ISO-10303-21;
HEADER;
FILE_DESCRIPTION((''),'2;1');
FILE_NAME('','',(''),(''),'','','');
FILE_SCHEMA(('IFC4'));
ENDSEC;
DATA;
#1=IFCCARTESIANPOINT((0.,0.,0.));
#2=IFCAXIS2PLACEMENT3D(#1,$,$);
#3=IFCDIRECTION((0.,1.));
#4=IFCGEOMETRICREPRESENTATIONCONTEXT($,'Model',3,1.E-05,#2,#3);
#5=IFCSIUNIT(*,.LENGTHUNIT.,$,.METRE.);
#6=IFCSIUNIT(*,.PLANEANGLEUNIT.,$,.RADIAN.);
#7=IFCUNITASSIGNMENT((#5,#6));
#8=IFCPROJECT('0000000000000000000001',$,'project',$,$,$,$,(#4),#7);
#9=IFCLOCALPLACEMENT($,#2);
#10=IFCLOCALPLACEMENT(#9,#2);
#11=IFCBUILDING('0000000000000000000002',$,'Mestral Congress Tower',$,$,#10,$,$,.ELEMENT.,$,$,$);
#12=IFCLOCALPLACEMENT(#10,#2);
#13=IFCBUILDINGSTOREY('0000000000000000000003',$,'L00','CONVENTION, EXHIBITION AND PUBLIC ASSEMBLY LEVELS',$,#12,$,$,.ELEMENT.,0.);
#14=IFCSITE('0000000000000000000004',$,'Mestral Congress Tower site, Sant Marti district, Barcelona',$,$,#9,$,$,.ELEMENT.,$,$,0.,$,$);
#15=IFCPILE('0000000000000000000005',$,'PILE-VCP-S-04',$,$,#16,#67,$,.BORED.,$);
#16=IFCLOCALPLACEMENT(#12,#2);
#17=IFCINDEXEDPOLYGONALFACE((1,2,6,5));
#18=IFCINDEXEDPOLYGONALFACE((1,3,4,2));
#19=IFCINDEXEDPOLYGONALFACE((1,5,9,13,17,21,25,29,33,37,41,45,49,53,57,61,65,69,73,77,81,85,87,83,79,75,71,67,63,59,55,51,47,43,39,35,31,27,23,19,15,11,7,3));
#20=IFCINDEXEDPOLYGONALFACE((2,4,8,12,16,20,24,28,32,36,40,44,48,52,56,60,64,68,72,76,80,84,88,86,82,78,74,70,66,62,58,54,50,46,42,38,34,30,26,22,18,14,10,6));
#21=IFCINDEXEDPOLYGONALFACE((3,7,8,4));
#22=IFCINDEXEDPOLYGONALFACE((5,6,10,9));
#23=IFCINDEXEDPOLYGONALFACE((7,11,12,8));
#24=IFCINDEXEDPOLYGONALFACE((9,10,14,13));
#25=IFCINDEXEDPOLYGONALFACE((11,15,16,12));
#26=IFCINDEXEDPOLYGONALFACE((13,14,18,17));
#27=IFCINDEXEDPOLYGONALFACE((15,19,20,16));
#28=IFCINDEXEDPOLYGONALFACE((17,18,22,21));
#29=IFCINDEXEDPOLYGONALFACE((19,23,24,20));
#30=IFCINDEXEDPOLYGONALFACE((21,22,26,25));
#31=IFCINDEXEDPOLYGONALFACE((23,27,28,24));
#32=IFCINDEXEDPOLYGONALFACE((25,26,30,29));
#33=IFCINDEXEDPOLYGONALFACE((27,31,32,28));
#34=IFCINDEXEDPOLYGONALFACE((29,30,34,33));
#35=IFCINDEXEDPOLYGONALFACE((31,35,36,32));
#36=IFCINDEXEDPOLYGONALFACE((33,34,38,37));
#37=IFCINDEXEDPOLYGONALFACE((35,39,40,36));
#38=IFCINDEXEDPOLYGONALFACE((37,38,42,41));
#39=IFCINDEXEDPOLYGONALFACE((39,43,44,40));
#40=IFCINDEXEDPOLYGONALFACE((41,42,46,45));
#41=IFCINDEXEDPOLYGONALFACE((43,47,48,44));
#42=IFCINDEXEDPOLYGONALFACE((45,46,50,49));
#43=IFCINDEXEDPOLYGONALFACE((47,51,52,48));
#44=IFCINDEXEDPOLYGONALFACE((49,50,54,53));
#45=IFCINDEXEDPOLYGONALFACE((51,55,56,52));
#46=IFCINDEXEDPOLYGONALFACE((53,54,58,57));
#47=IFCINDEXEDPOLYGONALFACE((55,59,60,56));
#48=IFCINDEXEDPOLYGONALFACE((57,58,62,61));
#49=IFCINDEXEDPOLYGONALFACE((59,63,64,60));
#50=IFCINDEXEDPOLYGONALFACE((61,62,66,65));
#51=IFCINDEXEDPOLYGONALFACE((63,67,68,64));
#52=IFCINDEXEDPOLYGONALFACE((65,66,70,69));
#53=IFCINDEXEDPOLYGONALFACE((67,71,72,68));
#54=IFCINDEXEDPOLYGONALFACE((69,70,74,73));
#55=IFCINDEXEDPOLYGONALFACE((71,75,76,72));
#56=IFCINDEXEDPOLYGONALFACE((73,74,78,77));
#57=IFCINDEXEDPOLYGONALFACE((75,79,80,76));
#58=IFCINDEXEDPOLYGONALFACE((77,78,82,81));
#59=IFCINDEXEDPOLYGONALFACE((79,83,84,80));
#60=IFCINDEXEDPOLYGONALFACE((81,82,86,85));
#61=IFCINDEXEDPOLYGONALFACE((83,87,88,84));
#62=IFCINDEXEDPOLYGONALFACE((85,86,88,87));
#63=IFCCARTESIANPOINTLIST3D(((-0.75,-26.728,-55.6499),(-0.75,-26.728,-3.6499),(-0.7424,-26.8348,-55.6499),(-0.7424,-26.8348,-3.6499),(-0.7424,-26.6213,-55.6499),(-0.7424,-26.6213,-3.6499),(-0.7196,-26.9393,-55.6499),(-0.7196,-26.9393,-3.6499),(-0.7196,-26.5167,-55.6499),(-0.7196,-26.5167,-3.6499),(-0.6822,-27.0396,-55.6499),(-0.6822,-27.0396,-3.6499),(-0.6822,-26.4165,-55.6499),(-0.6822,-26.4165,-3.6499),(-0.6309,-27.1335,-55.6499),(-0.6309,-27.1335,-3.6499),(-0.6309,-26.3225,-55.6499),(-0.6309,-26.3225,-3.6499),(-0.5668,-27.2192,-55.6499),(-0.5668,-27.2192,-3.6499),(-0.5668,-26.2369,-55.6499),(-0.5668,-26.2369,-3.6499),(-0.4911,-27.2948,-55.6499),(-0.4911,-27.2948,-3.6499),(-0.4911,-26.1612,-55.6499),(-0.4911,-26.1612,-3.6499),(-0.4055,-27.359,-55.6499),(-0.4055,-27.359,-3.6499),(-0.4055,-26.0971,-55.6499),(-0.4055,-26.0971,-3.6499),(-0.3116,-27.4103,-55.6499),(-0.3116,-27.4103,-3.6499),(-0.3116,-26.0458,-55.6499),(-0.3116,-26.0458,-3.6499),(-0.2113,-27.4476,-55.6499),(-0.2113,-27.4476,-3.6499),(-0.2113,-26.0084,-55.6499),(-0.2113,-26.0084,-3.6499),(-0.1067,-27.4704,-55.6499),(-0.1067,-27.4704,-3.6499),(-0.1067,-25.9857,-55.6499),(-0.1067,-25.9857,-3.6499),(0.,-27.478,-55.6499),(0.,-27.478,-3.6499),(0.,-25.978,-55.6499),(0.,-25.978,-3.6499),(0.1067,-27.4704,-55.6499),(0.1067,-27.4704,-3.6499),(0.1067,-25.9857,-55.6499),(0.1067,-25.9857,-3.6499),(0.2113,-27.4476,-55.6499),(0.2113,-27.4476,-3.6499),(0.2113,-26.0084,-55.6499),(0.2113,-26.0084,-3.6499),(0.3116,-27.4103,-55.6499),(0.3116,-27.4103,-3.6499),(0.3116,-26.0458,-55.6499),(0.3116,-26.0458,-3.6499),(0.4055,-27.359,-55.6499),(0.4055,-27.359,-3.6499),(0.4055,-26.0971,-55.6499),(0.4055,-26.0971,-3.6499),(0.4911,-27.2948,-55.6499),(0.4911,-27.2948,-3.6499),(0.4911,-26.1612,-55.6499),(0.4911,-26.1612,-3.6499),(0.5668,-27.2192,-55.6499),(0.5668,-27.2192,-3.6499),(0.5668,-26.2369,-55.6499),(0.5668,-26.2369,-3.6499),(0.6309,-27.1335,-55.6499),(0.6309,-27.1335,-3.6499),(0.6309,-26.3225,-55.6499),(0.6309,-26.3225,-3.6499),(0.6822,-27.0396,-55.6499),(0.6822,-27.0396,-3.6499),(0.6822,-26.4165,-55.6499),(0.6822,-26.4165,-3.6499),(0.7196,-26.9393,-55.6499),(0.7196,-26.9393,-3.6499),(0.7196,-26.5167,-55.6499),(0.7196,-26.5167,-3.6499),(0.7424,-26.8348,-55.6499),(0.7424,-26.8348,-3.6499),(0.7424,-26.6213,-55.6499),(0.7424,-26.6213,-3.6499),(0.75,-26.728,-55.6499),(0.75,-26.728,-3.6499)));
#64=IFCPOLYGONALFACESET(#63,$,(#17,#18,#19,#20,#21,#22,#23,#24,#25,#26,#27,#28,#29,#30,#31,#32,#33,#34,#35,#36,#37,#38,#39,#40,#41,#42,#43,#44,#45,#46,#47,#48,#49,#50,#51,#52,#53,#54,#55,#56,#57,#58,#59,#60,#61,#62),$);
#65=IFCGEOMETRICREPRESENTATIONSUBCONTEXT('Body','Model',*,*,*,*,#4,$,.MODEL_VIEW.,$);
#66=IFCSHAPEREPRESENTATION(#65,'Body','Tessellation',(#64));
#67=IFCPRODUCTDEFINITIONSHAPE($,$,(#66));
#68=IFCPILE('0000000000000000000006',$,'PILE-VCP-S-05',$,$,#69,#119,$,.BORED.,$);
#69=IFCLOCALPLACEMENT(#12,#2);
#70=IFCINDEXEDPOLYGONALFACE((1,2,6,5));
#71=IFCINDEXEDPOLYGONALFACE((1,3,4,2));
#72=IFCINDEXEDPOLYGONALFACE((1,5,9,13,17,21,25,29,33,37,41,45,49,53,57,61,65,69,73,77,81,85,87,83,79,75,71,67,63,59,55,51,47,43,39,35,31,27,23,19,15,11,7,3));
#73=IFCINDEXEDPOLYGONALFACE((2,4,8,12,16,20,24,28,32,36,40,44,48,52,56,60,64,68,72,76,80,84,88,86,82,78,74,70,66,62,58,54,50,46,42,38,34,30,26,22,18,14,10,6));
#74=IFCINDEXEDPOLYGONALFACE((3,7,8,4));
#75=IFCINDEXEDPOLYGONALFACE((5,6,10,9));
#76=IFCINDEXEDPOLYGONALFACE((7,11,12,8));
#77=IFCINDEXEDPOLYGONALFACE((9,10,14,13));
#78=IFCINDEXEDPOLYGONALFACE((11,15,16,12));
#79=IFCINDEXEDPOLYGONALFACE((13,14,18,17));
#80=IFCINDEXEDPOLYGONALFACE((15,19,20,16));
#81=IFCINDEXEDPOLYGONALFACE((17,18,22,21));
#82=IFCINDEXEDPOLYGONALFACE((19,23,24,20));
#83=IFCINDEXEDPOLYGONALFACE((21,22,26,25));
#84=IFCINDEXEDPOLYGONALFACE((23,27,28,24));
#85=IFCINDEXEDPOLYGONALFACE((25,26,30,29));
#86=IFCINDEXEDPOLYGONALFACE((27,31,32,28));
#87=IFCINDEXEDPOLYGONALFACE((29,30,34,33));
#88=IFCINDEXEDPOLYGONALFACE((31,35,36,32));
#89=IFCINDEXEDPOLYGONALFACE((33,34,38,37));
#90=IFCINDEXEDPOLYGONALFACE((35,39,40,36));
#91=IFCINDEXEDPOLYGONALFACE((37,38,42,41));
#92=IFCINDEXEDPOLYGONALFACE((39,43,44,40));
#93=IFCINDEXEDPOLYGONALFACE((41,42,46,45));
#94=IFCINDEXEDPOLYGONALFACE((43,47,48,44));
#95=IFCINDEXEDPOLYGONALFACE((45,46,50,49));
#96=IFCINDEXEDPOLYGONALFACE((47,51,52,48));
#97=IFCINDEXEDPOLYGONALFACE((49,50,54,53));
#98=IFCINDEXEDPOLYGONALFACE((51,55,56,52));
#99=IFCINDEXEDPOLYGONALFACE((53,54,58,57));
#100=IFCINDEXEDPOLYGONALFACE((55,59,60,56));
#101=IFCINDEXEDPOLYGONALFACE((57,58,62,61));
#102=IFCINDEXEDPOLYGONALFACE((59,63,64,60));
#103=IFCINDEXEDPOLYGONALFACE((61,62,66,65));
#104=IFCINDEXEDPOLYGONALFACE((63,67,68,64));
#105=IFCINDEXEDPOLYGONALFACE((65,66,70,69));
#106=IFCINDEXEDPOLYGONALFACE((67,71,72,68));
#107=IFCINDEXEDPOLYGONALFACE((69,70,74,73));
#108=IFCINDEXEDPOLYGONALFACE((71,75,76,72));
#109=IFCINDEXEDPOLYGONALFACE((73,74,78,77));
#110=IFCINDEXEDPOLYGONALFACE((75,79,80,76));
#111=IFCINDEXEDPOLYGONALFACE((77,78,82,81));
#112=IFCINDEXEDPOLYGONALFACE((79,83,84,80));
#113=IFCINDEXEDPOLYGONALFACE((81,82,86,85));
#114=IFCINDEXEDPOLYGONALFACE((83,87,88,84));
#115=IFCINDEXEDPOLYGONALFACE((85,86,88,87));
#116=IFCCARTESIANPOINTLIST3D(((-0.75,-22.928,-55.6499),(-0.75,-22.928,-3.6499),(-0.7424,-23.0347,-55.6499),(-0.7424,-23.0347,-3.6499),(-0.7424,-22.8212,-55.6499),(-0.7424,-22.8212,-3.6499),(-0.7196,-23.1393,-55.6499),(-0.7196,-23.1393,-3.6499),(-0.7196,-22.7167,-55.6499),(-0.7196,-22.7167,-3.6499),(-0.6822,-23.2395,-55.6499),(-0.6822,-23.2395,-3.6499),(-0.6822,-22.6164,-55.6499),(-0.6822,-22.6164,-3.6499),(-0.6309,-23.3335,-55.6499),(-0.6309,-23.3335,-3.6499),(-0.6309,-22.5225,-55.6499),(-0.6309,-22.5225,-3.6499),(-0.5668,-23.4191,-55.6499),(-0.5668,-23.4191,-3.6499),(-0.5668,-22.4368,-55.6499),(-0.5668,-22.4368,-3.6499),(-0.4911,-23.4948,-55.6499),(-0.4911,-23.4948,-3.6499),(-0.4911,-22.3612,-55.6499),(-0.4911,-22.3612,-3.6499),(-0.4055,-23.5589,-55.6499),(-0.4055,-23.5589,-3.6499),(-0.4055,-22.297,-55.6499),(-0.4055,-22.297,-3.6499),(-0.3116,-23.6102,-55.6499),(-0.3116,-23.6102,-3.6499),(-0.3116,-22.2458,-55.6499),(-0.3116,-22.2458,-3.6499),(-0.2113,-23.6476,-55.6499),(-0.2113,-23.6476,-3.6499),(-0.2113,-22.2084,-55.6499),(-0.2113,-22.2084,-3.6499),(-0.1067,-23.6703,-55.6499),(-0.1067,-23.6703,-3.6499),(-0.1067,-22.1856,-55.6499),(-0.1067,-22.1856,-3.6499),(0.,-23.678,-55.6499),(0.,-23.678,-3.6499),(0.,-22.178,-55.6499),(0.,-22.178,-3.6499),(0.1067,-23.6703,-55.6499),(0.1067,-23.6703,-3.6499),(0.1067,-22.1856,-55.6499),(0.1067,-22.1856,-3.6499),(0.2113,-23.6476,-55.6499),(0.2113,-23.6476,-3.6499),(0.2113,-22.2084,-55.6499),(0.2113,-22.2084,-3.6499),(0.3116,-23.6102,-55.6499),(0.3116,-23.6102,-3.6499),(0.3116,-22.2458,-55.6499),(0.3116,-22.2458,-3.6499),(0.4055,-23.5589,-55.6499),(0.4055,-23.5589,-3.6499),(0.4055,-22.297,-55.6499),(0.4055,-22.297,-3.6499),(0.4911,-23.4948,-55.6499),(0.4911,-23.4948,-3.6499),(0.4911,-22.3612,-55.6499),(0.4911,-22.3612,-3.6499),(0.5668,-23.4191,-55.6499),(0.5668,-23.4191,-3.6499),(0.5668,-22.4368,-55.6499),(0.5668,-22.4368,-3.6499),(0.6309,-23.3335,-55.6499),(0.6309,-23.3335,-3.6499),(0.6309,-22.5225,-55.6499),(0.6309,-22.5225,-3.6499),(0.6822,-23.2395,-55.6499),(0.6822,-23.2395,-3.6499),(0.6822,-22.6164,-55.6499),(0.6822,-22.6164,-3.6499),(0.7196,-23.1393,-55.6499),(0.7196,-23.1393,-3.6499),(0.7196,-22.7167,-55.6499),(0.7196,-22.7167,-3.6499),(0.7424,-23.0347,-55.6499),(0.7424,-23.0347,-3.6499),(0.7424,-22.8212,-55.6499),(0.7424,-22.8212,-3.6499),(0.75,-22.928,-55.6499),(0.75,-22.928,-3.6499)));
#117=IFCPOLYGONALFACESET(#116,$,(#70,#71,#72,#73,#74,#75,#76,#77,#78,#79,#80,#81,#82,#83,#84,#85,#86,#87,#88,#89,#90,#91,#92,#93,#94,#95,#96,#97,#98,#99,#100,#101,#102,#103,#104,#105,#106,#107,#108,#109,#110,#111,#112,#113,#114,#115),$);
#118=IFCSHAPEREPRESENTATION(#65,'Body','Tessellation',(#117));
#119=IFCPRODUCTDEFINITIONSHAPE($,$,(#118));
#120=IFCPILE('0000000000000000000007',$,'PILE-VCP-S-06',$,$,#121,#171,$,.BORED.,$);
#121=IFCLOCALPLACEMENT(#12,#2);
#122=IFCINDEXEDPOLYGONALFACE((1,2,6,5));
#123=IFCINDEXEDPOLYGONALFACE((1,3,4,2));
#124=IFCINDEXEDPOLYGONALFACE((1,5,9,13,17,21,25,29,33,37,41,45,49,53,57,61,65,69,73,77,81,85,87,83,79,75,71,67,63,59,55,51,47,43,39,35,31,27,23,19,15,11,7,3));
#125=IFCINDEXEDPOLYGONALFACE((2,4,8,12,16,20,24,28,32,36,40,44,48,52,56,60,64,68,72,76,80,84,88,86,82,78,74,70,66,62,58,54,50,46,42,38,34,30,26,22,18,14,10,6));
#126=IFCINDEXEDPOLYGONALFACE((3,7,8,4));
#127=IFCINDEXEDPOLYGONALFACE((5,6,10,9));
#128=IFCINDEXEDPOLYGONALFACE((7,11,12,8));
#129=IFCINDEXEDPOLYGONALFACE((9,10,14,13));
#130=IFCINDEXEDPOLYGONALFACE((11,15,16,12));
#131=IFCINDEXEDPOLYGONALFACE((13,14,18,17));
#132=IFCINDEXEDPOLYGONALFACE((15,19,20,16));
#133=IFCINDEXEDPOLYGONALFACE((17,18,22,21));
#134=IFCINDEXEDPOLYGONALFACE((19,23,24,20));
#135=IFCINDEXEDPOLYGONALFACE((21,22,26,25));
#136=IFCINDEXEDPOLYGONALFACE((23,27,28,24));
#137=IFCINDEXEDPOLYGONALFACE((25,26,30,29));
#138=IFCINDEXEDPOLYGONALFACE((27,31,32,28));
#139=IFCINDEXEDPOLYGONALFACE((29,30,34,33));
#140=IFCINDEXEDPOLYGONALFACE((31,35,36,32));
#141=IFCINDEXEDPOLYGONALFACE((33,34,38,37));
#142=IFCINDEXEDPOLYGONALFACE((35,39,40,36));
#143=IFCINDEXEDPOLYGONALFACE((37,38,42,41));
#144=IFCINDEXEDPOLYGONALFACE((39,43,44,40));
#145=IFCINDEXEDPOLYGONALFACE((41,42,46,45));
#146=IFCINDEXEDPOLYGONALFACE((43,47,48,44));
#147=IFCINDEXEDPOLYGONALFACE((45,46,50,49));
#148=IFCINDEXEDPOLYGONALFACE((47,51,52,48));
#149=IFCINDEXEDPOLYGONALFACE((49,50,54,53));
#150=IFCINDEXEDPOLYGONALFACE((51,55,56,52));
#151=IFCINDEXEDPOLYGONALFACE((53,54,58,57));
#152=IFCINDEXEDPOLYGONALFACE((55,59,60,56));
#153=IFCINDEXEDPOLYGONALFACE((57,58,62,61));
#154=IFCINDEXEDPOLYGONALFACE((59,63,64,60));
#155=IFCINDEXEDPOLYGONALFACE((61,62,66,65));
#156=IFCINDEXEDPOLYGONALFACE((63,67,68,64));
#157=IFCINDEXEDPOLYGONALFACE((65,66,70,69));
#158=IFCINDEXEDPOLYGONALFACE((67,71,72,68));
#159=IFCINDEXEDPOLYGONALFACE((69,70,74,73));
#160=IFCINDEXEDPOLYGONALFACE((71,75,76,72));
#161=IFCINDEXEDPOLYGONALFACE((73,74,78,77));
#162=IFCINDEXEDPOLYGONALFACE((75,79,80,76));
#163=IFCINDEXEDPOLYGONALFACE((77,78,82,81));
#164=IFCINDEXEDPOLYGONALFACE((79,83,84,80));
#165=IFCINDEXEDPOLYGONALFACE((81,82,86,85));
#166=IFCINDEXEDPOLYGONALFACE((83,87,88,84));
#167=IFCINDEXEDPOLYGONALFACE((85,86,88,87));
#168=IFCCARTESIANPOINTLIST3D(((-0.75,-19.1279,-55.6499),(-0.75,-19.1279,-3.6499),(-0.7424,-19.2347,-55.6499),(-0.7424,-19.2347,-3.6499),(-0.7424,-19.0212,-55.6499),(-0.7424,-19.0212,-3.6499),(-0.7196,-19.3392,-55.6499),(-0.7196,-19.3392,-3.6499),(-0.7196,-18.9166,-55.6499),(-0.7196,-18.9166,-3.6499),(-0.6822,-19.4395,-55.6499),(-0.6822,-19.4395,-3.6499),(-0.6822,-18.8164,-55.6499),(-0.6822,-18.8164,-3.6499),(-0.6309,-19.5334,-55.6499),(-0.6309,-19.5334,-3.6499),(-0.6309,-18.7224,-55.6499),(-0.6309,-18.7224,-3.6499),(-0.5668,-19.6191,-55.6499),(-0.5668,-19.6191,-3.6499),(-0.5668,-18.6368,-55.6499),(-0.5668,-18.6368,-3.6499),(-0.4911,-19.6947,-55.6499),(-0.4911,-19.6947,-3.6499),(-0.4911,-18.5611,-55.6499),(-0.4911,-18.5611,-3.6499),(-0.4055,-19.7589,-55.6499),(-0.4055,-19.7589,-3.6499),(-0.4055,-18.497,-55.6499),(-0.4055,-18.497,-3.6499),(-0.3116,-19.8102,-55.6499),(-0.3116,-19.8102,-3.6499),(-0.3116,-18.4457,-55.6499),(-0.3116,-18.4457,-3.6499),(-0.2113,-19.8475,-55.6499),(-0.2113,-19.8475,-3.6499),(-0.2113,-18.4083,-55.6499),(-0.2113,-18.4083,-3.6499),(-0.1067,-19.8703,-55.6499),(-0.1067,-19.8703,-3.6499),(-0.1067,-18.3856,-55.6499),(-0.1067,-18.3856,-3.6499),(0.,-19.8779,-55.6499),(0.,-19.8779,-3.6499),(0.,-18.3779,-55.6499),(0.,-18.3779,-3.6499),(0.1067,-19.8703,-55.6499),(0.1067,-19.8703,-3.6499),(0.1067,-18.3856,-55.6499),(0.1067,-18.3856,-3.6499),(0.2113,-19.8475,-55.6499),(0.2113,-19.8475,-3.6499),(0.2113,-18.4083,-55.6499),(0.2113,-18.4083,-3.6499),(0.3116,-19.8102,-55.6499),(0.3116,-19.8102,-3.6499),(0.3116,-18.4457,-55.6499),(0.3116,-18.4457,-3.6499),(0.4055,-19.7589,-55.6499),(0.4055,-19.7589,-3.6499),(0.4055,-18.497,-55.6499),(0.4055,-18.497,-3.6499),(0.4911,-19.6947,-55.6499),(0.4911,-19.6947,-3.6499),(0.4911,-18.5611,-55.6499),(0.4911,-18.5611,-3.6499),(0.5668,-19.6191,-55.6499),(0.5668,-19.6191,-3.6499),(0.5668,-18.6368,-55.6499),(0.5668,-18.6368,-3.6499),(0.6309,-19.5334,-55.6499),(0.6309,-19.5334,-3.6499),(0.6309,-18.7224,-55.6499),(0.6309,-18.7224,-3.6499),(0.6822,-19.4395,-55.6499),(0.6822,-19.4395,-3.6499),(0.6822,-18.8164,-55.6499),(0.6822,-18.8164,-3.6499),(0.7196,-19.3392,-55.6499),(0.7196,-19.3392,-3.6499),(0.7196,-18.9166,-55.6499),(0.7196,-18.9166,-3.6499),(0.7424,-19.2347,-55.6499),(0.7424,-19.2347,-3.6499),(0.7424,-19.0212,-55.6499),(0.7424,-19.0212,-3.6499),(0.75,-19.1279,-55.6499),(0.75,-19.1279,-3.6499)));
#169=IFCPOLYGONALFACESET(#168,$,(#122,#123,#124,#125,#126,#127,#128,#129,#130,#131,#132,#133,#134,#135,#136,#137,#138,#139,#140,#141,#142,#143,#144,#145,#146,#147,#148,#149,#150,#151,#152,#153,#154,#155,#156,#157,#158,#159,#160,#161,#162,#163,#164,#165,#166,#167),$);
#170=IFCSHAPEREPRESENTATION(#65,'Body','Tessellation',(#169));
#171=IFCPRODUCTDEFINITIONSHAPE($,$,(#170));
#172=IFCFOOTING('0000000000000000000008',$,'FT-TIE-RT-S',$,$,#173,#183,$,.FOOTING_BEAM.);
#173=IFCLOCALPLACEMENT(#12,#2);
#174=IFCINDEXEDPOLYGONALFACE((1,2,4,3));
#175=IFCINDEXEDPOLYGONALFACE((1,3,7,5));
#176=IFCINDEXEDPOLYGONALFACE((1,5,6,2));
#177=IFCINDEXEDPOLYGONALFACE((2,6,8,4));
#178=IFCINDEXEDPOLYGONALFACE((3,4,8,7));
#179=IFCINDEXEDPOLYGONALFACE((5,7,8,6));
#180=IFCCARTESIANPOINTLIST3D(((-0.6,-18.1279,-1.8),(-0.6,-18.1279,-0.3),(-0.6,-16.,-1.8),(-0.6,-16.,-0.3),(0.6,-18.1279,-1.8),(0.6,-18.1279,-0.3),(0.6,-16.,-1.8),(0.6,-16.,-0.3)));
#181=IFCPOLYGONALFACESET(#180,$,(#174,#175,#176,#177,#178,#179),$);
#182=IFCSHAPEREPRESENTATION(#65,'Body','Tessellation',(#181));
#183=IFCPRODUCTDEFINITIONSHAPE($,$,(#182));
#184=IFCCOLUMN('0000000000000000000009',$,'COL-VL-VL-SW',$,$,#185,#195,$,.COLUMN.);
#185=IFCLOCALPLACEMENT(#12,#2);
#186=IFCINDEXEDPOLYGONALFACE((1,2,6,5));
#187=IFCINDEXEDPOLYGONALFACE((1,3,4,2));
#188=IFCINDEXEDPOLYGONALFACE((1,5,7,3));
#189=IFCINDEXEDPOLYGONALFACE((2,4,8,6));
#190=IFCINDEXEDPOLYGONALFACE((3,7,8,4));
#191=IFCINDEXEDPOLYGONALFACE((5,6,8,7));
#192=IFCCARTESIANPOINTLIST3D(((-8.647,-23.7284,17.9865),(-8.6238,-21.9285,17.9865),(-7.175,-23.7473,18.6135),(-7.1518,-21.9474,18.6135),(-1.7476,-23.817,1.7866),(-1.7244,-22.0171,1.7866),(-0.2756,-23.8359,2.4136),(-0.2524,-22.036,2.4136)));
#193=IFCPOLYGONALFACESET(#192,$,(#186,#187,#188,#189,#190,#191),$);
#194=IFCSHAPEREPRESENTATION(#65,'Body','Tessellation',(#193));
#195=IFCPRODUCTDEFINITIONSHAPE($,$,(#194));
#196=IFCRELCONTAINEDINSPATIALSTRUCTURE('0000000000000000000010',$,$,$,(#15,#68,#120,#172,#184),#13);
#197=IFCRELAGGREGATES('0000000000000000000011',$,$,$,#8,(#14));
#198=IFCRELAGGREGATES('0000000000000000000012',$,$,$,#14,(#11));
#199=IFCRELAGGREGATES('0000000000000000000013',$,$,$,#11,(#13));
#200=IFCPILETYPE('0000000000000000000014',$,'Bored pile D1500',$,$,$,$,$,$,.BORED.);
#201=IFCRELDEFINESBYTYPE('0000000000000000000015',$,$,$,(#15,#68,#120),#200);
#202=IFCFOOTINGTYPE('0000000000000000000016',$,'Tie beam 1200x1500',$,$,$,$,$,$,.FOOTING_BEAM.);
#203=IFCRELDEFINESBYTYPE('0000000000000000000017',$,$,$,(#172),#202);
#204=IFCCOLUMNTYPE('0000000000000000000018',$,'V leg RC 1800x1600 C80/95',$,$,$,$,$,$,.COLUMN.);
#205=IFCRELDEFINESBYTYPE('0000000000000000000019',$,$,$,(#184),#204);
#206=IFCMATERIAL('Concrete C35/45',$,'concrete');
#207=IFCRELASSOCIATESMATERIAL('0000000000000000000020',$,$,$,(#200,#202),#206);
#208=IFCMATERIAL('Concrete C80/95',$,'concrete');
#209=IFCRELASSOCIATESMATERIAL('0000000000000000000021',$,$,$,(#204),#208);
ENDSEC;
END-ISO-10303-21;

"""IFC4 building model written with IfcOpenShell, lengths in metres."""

from ifc_helpers import new_model, si_unit, direction, frame, origin, origin_2d, place, context, subcontext, project, spatial, rectangle, circle, extrude, material, material_profile, profile_set, type_object, element, save


model = new_model("IFC4")

# Units and contexts
model_context = context("Model", 3, precision=1e-05, world=origin(), true_north=direction((0.0, 1.0)))
body_context = subcontext(model_context, "Body", "Model", "MODEL_VIEW")
ifc_project = project(units=[si_unit("LENGTHUNIT", "METRE"), si_unit("PLANEANGLEUNIT", "RADIAN")], contexts=[model_context])

# Site, building, storey
site_placement = place(None, origin())
site = spatial("IfcSite", under=ifc_project, at=site_placement, Name="Mestral Congress Tower site, Sant Marti district, Barcelona", CompositionType="ELEMENT", RefElevation=0.0)
building_placement = place(site_placement, origin())
building = spatial("IfcBuilding", under=site, at=building_placement, Name="Mestral Congress Tower", CompositionType="ELEMENT")
storey_placement = place(building_placement, origin())
storey = spatial("IfcBuildingStorey", under=building, at=storey_placement, Name="L00", Description="CONVENTION, EXHIBITION AND PUBLIC ASSEMBLY LEVELS", CompositionType="ELEMENT", Elevation=0.0)

# Piles
ifc_material_1 = material(Name="Concrete C35/45", Category="concrete")
ifc_material_profile_1 = material_profile(ifc_material_1, circle(Radius=0.75, at=origin_2d()), Name="D1500")
ifc_profile_set_1 = profile_set([ifc_material_profile_1], Name="Concrete C35/45")
pile_type = type_object("IfcPileType", Name="Bored pile D1500", PredefinedType="BORED", material=ifc_profile_set_1)
for number, where, z_axis, x_axis, name in (
    (1, (0.0, -26.728, -3.6499), (0.0, 0.0, -1.0), (1.0, 0.0, 0.0), "PILE-VCP-S-04"),
    (2, (0.0, -22.928, -3.6499), (0.0, 0.0, -1.0), (1.0, 0.0, 0.0), "PILE-VCP-S-05"),
    (3, (0.0, -19.1279, -3.6499), (0.0, 0.0, -1.0), (1.0, 0.0, 0.0), "PILE-VCP-S-06"),
):
    element("IfcPile", number, at=place(storey_placement, frame(where, z_axis=z_axis, x_axis=x_axis)), inside=storey, type_object=pile_type, Name=name, PredefinedType="BORED", context=body_context, shape_type="SweptSolid", body=[
        extrude(circle(Radius=0.75, at=origin_2d()), origin(), (0.0, 0.0, 1.0), 52.0),
    ])

# Footing
footing_type = type_object("IfcFootingType", Name="Tie beam 1200x1500", PredefinedType="FOOTING_BEAM", material=ifc_material_1)
footing_placement = place(storey_placement, frame((0.0, -17.064, -1.8), z_axis=(0.0, 0.0, 1.0), x_axis=(0.0, 1.0, 0.0)))
element("IfcFooting", 4, at=footing_placement, inside=storey, type_object=footing_type, Name="FT-TIE-RT-S", PredefinedType="FOOTING_BEAM", context=body_context, shape_type="SweptSolid", body=[
    extrude(rectangle(XDim=2.1279, YDim=1.2, at=origin_2d()), origin(), (0.0, 0.0, 1.0), 1.5),
])

# Column
ifc_material_2 = material(Name="Concrete C80/95", Category="concrete")
ifc_material_profile_2 = material_profile(ifc_material_2, rectangle(XDim=1.8, YDim=1.6001, at=origin_2d()), Name="RC 1800x1600")
ifc_profile_set_2 = profile_set([ifc_material_profile_2], Name="Concrete C80/95")
column_type = type_object("IfcColumnType", Name="V leg RC 1800x1600 C80/95", PredefinedType="COLUMN", material=ifc_profile_set_2)
column_placement = place(storey_placement, frame((-1.0, -22.9265, 2.1001), z_axis=(-0.39183, 0.005033, 0.920024), x_axis=(-0.012844, -0.999918, 0.0)))
element("IfcColumn", 5, at=column_placement, inside=storey, type_object=column_type, Name="COL-VL-VL-SW", PredefinedType="COLUMN", context=body_context, shape_type="SweptSolid", body=[
    extrude(rectangle(XDim=1.8, YDim=1.6001, at=origin_2d()), origin(), (0.0, 0.0, 1.0), 17.6082),
])

save(model, "model.ifc")
